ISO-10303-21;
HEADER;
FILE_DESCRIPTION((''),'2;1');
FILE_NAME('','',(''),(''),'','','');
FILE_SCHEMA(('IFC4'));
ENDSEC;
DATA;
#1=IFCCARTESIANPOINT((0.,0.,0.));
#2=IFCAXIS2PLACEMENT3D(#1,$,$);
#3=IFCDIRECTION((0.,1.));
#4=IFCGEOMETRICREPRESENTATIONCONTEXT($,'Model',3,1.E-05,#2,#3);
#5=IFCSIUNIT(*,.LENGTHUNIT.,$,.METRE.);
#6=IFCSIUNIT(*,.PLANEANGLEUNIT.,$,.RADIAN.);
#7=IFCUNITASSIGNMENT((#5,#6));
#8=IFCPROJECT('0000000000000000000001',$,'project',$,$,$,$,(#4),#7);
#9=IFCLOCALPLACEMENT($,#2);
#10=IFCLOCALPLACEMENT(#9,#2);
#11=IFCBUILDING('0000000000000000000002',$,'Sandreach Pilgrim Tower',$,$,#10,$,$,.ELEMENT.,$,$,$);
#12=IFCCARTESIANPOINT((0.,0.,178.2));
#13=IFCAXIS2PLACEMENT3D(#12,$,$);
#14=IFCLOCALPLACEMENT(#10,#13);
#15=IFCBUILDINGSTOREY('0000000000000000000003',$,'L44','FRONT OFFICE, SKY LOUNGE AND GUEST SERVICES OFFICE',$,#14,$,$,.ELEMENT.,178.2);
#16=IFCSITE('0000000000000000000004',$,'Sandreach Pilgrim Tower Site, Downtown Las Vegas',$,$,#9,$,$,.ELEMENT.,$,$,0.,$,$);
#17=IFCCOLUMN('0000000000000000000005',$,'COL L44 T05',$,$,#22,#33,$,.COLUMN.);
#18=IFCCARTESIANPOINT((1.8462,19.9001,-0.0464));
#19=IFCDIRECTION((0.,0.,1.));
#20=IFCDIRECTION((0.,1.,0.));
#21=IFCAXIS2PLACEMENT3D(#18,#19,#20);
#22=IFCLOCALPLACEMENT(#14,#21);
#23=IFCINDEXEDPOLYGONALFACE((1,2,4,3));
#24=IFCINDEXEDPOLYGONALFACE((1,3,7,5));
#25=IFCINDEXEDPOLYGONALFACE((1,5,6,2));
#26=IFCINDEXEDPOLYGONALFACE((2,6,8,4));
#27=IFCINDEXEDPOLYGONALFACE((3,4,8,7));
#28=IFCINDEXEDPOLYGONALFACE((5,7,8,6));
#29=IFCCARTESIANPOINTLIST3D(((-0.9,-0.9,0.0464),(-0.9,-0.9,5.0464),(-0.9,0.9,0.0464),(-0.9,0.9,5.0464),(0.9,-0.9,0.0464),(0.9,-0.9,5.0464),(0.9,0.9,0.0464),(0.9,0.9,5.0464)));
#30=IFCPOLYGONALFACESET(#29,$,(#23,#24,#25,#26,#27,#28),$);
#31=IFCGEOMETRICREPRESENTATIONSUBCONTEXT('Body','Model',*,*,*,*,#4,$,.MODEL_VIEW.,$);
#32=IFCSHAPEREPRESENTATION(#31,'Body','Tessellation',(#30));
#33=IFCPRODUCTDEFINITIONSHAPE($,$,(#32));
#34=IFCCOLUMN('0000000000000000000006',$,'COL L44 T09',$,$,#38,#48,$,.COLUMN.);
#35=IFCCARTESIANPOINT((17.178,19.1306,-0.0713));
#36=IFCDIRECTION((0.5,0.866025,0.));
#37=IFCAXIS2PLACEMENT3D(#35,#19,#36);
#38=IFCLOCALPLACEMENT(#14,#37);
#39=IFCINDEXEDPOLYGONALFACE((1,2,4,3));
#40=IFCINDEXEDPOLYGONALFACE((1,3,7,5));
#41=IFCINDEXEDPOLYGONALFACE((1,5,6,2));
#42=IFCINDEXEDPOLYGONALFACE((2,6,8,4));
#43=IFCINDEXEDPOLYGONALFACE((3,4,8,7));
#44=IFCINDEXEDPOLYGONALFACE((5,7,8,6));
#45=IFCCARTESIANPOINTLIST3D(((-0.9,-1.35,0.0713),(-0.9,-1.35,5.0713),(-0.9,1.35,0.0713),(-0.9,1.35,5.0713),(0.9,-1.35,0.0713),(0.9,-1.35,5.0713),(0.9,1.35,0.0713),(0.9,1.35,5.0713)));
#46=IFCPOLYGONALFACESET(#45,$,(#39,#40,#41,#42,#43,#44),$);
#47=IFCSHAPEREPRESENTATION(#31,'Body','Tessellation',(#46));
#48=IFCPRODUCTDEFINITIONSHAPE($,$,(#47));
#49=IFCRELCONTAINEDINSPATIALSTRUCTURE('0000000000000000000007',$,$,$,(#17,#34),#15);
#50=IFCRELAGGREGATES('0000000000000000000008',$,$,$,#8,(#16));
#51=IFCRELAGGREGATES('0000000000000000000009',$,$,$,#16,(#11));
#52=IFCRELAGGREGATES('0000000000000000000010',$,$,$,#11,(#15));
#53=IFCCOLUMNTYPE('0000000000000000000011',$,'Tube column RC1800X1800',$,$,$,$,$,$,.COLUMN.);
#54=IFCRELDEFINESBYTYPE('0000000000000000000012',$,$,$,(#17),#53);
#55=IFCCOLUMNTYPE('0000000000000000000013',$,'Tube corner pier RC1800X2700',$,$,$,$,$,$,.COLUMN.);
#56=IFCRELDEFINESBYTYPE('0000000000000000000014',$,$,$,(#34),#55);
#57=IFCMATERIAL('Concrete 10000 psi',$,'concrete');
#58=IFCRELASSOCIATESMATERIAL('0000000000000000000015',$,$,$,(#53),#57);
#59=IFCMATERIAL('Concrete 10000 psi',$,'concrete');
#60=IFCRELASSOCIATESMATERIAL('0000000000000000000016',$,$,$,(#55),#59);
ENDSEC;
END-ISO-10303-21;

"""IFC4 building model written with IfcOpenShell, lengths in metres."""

from ifc_helpers import new_model, si_unit, direction, frame, origin, origin_2d, place, context, subcontext, project, spatial, rectangle, extrude, clip, halfspace, material, material_profile, profile_set, type_object, element, save


model = new_model("IFC4")

# Units and contexts
model_context = context("Model", 3, precision=1e-05, world=origin(), true_north=direction((0.0, 1.0)))
body_context = subcontext(model_context, "Body", "Model", "MODEL_VIEW")
ifc_project = project(units=[si_unit("LENGTHUNIT", "METRE"), si_unit("PLANEANGLEUNIT", "RADIAN")], contexts=[model_context])

# Site, building, storey
site_placement = place(None, origin())
site = spatial("IfcSite", under=ifc_project, at=site_placement, Name="Sandreach Pilgrim Tower Site, Downtown Las Vegas", CompositionType="ELEMENT", RefElevation=0.0)
building_placement = place(site_placement, origin())
building = spatial("IfcBuilding", under=site, at=building_placement, Name="Sandreach Pilgrim Tower", CompositionType="ELEMENT")
storey_placement = place(building_placement, frame((0.0, 0.0, 178.2)))
storey = spatial("IfcBuildingStorey", under=building, at=storey_placement, Name="L44", Description="FRONT OFFICE, SKY LOUNGE AND GUEST SERVICES OFFICE", CompositionType="ELEMENT", Elevation=178.2)

# Columns
ifc_material_1 = material(Name="Concrete 10000 psi", Category="concrete")
ifc_material_profile_1 = material_profile(ifc_material_1, rectangle(XDim=1.8, YDim=1.8, at=origin_2d()), Name="RC1800X1800")
ifc_profile_set_1 = profile_set([ifc_material_profile_1], Name="Concrete 10000 psi")
column_type_1 = type_object("IfcColumnType", Name="Tube column RC1800X1800", PredefinedType="COLUMN", material=ifc_profile_set_1)
column_1_placement = place(storey_placement, frame((1.8462, 19.9001, -0.0464), z_axis=(0.0, 0.0, 1.0), x_axis=(0.0, 1.0, 0.0)))
element("IfcColumn", 1, at=column_1_placement, inside=storey, type_object=column_type_1, Name="COL L44 T05", PredefinedType="COLUMN", context=body_context, shape_type="SweptSolid", body=[
    clip(extrude(rectangle(XDim=1.8, YDim=1.8, at=origin_2d()), origin(), (0.0, 0.0, 1.0), 5.0464), halfspace(frame((0.0, 0.0, 0.0464)), True)),
])
ifc_material_2 = material(Name="Concrete 10000 psi", Category="concrete")
ifc_material_profile_2 = material_profile(ifc_material_2, rectangle(XDim=1.8, YDim=2.7, at=origin_2d()), Name="RC1800X2700")
ifc_profile_set_2 = profile_set([ifc_material_profile_2], Name="Concrete 10000 psi")
column_type_2 = type_object("IfcColumnType", Name="Tube corner pier RC1800X2700", PredefinedType="COLUMN", material=ifc_profile_set_2)
column_2_placement = place(storey_placement, frame((17.178, 19.1306, -0.0713), z_axis=(0.0, 0.0, 1.0), x_axis=(0.5, 0.866025, 0.0)))
element("IfcColumn", 2, at=column_2_placement, inside=storey, type_object=column_type_2, Name="COL L44 T09", PredefinedType="COLUMN", context=body_context, shape_type="SweptSolid", body=[
    clip(extrude(rectangle(XDim=1.8, YDim=2.7, at=origin_2d()), origin(), (0.0, 0.0, 1.0), 5.0713), halfspace(frame((0.0, 0.0, 0.0713)), True)),
])

save(model, "model.ifc")
